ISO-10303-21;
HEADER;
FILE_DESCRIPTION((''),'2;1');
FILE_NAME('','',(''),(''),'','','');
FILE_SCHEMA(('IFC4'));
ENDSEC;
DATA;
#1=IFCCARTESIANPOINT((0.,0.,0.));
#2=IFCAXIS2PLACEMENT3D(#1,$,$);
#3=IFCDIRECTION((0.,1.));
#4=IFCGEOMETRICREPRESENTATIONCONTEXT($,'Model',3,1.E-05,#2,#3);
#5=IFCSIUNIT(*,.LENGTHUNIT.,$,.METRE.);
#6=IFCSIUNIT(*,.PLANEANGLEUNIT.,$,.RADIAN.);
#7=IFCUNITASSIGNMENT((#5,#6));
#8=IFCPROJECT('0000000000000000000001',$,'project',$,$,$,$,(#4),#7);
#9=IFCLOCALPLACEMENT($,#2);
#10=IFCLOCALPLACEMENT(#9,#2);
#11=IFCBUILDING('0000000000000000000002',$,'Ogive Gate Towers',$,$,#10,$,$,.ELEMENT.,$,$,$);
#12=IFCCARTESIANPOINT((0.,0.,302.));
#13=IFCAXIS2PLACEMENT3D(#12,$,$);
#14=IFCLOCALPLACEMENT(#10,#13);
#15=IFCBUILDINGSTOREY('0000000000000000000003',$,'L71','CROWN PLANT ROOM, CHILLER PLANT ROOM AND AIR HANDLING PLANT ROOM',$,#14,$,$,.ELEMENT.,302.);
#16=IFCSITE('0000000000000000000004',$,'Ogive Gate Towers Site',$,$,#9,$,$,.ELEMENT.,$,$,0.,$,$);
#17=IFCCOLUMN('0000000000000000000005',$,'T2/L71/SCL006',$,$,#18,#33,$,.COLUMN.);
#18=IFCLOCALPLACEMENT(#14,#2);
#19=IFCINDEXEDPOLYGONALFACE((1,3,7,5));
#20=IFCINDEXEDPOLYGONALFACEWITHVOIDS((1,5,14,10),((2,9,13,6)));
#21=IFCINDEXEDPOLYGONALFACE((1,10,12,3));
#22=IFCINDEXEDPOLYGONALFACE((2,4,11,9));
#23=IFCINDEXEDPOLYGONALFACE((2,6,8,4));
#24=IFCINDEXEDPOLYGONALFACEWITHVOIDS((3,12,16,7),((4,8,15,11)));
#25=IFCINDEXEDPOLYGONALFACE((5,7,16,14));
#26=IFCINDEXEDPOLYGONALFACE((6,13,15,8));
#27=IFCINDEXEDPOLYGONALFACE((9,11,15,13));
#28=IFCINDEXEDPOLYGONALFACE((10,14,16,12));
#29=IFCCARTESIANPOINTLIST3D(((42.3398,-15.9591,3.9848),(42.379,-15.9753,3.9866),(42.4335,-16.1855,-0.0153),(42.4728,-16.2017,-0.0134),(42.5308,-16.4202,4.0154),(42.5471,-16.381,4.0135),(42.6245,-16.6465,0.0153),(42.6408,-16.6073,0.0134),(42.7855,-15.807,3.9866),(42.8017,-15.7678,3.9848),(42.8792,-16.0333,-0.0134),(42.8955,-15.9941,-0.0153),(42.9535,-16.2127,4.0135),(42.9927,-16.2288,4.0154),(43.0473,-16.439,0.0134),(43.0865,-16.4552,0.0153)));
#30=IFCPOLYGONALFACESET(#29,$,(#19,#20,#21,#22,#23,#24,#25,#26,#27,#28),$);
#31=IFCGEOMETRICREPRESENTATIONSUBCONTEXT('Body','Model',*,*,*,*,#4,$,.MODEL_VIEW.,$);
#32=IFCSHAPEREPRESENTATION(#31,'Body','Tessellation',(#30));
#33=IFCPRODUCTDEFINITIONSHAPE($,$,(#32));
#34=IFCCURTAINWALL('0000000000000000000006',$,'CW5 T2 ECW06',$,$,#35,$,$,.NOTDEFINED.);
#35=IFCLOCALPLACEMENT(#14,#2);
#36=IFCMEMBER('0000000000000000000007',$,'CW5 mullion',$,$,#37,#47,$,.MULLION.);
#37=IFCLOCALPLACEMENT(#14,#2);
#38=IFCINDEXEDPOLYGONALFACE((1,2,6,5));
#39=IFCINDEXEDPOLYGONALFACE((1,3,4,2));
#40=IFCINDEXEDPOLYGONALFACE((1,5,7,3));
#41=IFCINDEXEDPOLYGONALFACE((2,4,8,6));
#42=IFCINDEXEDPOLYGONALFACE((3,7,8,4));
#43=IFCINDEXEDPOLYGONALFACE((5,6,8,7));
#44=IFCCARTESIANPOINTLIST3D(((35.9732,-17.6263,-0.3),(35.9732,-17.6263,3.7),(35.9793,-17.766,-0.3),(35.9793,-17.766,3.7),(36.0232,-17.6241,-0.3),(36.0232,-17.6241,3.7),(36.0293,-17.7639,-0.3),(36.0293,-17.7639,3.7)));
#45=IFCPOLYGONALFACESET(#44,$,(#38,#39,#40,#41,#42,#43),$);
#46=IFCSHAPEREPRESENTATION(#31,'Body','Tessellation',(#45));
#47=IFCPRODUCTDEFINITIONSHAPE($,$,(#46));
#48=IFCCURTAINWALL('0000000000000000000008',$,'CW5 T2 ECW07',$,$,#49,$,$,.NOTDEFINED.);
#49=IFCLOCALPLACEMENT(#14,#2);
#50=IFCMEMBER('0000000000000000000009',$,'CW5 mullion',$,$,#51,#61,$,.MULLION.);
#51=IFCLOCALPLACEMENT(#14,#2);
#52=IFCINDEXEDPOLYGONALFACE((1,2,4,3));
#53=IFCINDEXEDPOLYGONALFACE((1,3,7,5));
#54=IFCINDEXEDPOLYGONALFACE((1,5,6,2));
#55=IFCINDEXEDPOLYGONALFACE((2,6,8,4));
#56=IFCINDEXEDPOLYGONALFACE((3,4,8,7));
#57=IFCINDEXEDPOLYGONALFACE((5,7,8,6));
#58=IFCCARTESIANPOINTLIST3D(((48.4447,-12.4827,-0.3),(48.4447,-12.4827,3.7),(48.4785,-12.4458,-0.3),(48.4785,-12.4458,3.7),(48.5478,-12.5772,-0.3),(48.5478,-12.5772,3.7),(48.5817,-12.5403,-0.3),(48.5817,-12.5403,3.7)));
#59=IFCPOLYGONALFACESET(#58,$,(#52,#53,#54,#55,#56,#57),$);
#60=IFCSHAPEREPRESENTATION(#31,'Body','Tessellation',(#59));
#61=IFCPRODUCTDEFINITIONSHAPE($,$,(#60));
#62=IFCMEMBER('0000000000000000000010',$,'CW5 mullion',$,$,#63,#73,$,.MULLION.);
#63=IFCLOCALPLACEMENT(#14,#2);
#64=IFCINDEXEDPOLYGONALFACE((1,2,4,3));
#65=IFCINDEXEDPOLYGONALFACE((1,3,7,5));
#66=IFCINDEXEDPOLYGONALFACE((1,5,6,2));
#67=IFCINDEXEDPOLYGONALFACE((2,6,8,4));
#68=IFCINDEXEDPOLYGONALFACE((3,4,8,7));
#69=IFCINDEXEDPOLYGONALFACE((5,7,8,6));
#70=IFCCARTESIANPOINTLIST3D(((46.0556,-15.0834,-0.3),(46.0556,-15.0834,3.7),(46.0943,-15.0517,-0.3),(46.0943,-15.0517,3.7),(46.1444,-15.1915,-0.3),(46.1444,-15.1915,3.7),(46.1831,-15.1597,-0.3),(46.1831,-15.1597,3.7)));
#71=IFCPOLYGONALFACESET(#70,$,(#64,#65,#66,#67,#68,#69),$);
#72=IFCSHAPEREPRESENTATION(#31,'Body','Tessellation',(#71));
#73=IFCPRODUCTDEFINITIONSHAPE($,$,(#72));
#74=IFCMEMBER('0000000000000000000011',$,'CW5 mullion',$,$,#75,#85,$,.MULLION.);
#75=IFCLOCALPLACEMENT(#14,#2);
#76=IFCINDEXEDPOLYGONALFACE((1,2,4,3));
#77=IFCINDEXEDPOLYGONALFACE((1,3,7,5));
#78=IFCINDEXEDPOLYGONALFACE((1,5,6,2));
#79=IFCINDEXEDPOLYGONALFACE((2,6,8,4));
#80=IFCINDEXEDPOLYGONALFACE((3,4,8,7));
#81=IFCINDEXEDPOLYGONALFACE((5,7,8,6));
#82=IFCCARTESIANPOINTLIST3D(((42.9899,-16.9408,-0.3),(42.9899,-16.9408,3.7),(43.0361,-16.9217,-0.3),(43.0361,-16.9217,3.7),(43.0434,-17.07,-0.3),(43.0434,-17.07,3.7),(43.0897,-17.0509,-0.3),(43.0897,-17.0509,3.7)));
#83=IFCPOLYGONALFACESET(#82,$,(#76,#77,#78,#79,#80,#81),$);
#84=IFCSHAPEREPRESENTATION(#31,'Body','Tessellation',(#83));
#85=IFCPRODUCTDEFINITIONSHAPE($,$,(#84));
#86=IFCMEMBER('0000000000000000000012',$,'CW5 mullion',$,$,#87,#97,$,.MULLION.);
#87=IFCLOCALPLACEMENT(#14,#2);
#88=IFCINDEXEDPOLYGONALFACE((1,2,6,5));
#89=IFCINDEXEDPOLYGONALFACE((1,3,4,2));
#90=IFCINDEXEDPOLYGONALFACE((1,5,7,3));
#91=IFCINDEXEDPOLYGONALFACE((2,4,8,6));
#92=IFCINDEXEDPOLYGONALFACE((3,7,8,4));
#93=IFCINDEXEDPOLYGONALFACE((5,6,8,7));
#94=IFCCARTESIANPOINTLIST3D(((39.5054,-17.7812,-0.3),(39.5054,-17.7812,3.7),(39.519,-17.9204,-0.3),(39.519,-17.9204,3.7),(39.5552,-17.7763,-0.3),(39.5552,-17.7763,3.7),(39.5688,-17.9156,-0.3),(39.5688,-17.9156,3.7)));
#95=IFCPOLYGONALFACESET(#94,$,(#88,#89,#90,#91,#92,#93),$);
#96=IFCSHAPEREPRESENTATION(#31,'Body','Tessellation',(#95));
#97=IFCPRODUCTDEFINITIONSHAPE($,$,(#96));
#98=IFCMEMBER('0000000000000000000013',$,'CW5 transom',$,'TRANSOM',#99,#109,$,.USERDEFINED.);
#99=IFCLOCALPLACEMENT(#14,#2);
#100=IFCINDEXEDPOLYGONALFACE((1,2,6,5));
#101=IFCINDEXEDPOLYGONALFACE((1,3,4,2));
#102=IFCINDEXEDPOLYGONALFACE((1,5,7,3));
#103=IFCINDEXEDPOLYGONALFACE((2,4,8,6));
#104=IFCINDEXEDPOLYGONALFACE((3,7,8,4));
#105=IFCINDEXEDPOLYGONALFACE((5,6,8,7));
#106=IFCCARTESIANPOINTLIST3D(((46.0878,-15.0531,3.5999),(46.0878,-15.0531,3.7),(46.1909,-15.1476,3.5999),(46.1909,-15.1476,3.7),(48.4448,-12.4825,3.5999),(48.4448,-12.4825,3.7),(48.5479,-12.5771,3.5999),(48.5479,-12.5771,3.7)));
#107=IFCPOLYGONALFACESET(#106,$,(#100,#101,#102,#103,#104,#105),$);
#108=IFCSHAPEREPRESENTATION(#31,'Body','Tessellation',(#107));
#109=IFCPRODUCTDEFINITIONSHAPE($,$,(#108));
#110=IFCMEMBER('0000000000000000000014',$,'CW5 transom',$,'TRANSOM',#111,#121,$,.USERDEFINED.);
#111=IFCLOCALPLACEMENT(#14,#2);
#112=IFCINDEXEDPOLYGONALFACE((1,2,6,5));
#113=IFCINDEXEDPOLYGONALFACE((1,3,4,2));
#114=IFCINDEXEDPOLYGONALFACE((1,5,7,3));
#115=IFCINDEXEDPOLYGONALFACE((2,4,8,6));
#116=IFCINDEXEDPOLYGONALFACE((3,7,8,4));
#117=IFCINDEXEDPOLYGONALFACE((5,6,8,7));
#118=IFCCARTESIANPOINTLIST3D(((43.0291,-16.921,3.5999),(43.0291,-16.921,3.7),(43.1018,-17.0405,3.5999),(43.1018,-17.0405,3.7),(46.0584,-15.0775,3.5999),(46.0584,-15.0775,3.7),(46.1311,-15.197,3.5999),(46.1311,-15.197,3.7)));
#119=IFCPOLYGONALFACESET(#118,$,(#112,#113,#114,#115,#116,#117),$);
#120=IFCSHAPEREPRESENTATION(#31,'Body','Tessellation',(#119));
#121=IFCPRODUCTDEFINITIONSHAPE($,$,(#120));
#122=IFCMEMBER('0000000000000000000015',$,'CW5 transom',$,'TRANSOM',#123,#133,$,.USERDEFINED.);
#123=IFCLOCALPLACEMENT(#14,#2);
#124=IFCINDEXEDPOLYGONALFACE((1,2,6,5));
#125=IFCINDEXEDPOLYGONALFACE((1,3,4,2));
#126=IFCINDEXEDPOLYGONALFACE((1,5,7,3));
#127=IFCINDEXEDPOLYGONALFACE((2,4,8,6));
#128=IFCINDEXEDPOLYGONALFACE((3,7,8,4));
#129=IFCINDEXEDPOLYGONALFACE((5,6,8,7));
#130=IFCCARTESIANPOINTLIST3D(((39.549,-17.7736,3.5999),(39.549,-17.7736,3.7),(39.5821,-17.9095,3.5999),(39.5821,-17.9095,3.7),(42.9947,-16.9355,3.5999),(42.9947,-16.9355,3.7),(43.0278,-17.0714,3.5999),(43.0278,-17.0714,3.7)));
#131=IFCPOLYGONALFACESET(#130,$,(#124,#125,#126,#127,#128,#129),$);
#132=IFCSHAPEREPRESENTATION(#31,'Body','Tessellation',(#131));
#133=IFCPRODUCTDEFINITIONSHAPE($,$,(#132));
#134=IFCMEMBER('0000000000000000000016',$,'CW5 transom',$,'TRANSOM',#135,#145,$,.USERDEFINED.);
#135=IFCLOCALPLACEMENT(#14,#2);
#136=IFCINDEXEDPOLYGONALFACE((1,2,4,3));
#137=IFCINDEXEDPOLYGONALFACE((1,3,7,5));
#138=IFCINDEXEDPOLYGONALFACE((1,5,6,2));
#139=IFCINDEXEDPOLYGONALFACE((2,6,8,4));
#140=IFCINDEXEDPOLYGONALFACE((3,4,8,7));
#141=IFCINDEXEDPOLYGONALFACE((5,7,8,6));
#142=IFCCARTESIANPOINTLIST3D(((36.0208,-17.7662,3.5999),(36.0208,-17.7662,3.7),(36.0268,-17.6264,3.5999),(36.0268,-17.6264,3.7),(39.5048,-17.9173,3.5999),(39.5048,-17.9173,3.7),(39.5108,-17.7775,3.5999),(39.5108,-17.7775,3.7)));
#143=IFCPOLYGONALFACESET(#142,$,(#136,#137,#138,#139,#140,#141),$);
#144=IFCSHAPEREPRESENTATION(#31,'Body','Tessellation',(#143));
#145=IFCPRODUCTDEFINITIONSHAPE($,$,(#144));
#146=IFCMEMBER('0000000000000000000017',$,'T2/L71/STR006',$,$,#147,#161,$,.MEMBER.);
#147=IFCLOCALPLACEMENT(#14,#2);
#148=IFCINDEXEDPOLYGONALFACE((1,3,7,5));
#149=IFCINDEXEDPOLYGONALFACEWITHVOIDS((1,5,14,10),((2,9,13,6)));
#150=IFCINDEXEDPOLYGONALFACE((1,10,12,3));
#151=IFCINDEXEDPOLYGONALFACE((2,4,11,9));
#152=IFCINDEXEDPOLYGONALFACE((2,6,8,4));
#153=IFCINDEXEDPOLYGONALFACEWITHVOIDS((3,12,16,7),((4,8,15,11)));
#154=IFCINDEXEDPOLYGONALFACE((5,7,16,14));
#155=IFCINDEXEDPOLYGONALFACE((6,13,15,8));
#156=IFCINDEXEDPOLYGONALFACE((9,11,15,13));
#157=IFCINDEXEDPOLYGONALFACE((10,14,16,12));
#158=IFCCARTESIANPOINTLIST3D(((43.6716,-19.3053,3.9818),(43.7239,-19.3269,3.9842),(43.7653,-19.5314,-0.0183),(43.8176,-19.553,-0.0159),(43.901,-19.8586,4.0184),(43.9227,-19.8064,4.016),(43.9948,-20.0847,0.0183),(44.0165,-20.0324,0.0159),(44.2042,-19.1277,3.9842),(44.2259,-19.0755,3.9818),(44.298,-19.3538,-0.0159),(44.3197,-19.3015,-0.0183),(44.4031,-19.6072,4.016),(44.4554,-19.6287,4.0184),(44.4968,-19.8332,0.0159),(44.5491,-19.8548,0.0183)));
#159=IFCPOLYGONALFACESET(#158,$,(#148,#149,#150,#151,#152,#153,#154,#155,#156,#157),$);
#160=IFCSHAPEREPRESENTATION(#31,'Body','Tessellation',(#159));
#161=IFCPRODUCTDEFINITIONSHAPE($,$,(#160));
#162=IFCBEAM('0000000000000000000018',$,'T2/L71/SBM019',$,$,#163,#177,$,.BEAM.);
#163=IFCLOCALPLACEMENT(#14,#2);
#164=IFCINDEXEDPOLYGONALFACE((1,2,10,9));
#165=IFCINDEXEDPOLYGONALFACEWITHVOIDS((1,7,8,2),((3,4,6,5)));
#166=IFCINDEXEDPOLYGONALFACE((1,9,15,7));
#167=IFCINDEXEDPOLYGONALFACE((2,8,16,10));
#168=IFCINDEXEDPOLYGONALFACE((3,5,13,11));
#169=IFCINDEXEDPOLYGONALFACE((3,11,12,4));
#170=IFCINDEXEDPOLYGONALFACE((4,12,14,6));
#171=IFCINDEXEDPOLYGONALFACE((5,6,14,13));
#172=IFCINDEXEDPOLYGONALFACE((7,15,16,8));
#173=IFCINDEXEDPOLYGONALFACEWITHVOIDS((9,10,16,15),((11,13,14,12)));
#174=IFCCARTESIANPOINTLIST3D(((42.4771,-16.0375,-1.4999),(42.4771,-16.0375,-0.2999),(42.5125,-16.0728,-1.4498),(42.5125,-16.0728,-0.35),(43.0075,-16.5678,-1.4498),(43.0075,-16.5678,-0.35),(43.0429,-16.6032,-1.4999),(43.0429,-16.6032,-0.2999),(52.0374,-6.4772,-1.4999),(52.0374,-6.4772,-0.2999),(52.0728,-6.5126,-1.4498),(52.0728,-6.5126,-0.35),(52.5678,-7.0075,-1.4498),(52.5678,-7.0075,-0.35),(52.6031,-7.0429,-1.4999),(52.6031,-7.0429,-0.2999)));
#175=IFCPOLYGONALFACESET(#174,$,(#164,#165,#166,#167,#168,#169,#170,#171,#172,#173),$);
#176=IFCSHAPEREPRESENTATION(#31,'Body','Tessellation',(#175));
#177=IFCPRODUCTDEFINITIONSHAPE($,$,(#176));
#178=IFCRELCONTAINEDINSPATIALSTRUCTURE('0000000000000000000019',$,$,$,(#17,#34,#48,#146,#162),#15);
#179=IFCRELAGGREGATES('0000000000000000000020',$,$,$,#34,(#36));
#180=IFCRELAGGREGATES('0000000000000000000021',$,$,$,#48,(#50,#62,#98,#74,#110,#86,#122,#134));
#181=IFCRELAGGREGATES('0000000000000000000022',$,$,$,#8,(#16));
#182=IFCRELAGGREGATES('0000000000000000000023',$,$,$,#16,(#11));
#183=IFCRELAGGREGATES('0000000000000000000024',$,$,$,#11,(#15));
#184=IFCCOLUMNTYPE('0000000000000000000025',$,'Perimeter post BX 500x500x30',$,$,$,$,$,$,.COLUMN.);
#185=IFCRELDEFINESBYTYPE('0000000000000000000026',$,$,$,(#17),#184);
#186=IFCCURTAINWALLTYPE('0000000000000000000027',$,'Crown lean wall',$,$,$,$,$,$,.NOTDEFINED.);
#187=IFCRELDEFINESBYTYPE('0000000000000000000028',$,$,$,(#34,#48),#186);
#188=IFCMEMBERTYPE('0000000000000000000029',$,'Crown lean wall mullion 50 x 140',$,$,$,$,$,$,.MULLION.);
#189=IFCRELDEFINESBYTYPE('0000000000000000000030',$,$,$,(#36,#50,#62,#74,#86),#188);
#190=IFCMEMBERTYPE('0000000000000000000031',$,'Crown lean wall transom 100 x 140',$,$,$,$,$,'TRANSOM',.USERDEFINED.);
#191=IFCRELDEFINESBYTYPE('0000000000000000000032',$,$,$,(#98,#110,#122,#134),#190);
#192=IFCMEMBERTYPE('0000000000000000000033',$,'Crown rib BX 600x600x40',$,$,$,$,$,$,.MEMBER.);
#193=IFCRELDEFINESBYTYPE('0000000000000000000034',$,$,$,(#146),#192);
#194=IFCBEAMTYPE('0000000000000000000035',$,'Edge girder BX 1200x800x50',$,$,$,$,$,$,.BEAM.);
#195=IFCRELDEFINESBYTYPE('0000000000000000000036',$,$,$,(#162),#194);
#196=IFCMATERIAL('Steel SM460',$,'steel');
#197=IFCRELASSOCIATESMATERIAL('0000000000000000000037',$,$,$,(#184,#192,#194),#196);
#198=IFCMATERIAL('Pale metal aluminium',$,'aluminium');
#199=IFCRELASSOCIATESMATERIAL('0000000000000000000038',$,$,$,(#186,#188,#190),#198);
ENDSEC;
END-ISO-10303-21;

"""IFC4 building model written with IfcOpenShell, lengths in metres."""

from ifc_helpers import new_model, si_unit, direction, frame, origin, origin_2d, place, context, subcontext, project, spatial, rectangle, hollow_rectangle, extrude, material, material_profile, profile_set, type_object, element, aggregate, save


model = new_model("IFC4")

# Units and contexts
model_context = context("Model", 3, precision=1e-05, world=origin(), true_north=direction((0.0, 1.0)))
body_context = subcontext(model_context, "Body", "Model", "MODEL_VIEW")
ifc_project = project(units=[si_unit("LENGTHUNIT", "METRE"), si_unit("PLANEANGLEUNIT", "RADIAN")], contexts=[model_context])

# Site, building, storey
site_placement = place(None, origin())
site = spatial("IfcSite", under=ifc_project, at=site_placement, Name="Ogive Gate Towers Site", CompositionType="ELEMENT", RefElevation=0.0)
building_placement = place(site_placement, origin())
building = spatial("IfcBuilding", under=site, at=building_placement, Name="Ogive Gate Towers", CompositionType="ELEMENT")
storey_placement = place(building_placement, frame((0.0, 0.0, 302.0)))
storey = spatial("IfcBuildingStorey", under=building, at=storey_placement, Name="L71", Description="CROWN PLANT ROOM, CHILLER PLANT ROOM AND AIR HANDLING PLANT ROOM", CompositionType="ELEMENT", Elevation=302.0)

# Column
ifc_material_1 = material(Name="Steel SM460", Category="steel")
ifc_material_profile_1 = material_profile(ifc_material_1, hollow_rectangle(XDim=0.5, YDim=0.5, WallThickness=0.03, at=origin_2d()), Name="BX 500x500x30")
ifc_profile_set_1 = profile_set([ifc_material_profile_1], Name="Steel SM460")
column_type = type_object("IfcColumnType", Name="Perimeter post BX 500x500x30", PredefinedType="COLUMN", material=ifc_profile_set_1)
column_placement = place(storey_placement, frame((42.76, -16.3203, 0.0), z_axis=(-0.023394, 0.056474, 0.99813), x_axis=(-0.923871, -0.382704, 0.0)))
element("IfcColumn", 1, at=column_placement, inside=storey, type_object=column_type, Name="T2/L71/SCL006", PredefinedType="COLUMN", context=body_context, shape_type="SweptSolid", body=[
    extrude(hollow_rectangle(XDim=0.5, YDim=0.5, WallThickness=0.03, at=origin_2d()), origin(), (0.0, 0.0, 1.0), 4.0076),
])

# Curtain wall, member
ifc_material_2 = material(Name="Pale metal aluminium", Category="aluminium")
curtain_wall_type = type_object("IfcCurtainWallType", Name="Crown lean wall", PredefinedType="NOTDEFINED", material=ifc_material_2)
curtain_wall_1_placement = place(storey_placement, origin())
curtain_wall_1 = element("IfcCurtainWall", 2, at=curtain_wall_1_placement, inside=storey, type_object=curtain_wall_type, Name="CW5 T2 ECW06", PredefinedType="NOTDEFINED")
ifc_material_profile_2 = material_profile(ifc_material_2, rectangle(XDim=0.1399, YDim=0.05, at=origin_2d()), Name="50 x 140 aluminium box")
ifc_profile_set_2 = profile_set([ifc_material_profile_2], Name="Pale metal aluminium")
member_type_1 = type_object("IfcMemberType", Name="Crown lean wall mullion 50 x 140", PredefinedType="MULLION", material=ifc_profile_set_2)
member_1_placement = place(storey_placement, frame((36.0012, -17.6951, -0.3), z_axis=(0.0, 0.0, 1.0), x_axis=(-0.04334, 0.99906, 0.0)))
member_1 = element("IfcMember", 3, at=member_1_placement, type_object=member_type_1, Name="CW5 mullion", PredefinedType="MULLION", context=body_context, shape_type="SweptSolid", body=[
    extrude(rectangle(XDim=0.1399, YDim=0.05, at=origin_2d()), origin(), (0.0, 0.0, 1.0), 4.0),
])
aggregate(curtain_wall_1, [member_1])

# Curtain wall, members
curtain_wall_2_placement = place(storey_placement, origin())
curtain_wall_2 = element("IfcCurtainWall", 4, at=curtain_wall_2_placement, inside=storey, type_object=curtain_wall_type, Name="CW5 T2 ECW07", PredefinedType="NOTDEFINED")
member_2_placement = place(storey_placement, frame((48.5132, -12.5115, -0.3), z_axis=(0.0, 0.0, 1.0), x_axis=(-0.737089, 0.675796, 0.0)))
member_2 = element("IfcMember", 5, at=member_2_placement, type_object=member_type_1, Name="CW5 mullion", PredefinedType="MULLION", context=body_context, shape_type="SweptSolid", body=[
    extrude(rectangle(XDim=0.1399, YDim=0.05, at=origin_2d()), origin(), (0.0, 0.0, 1.0), 4.0),
])
member_3_placement = place(storey_placement, frame((46.1194, -15.1216, -0.3), z_axis=(0.0, 0.0, 1.0), x_axis=(-0.634784, 0.772689, 0.0)))
member_3 = element("IfcMember", 6, at=member_3_placement, type_object=member_type_1, Name="CW5 mullion", PredefinedType="MULLION", context=body_context, shape_type="SweptSolid", body=[
    extrude(rectangle(XDim=0.1399, YDim=0.05, at=origin_2d()), origin(), (0.0, 0.0, 1.0), 4.0),
])
member_4_placement = place(storey_placement, frame((43.0398, -16.9958, -0.3), z_axis=(0.0, 0.0, 1.0), x_axis=(-0.382683, 0.92388, 0.0)))
member_4 = element("IfcMember", 7, at=member_4_placement, type_object=member_type_1, Name="CW5 mullion", PredefinedType="MULLION", context=body_context, shape_type="SweptSolid", body=[
    extrude(rectangle(XDim=0.1399, YDim=0.05, at=origin_2d()), origin(), (0.0, 0.0, 1.0), 4.0),
])
member_5_placement = place(storey_placement, frame((39.5371, -17.8484, -0.3), z_axis=(0.0, 0.0, 1.0), x_axis=(-0.097513, 0.995234, 0.0)))
member_5 = element("IfcMember", 8, at=member_5_placement, type_object=member_type_1, Name="CW5 mullion", PredefinedType="MULLION", context=body_context, shape_type="SweptSolid", body=[
    extrude(rectangle(XDim=0.1399, YDim=0.05, at=origin_2d()), origin(), (0.0, 0.0, 1.0), 4.0),
])
ifc_material_profile_3 = material_profile(ifc_material_2, rectangle(XDim=0.1399, YDim=0.1001, at=origin_2d()), Name="100 x 140 aluminium box")
ifc_profile_set_3 = profile_set([ifc_material_profile_3], Name="Pale metal aluminium")
member_type_2 = type_object("IfcMemberType", Name="Crown lean wall transom 100 x 140", ElementType="TRANSOM", PredefinedType="USERDEFINED", material=ifc_profile_set_3)
member_6_placement = place(storey_placement, frame((48.4963, -12.5298, 3.6499), z_axis=(-0.675817, -0.73707, 0.0), x_axis=(0.73707, -0.675817, 0.0)))
member_6 = element("IfcMember", 9, at=member_6_placement, type_object=member_type_2, Name="CW5 transom", ObjectType="TRANSOM", PredefinedType="USERDEFINED", context=body_context, shape_type="SweptSolid", body=[
    extrude(rectangle(XDim=0.1399, YDim=0.1001, at=origin_2d()), origin(), (0.0, 0.0, 1.0), 3.4875),
])
member_7_placement = place(storey_placement, frame((46.0947, -15.1372, 3.6499), z_axis=(-0.85425, -0.519862, 0.0), x_axis=(0.519862, -0.85425, 0.0)))
member_7 = element("IfcMember", 10, at=member_7_placement, type_object=member_type_2, Name="CW5 transom", ObjectType="TRANSOM", PredefinedType="USERDEFINED", context=body_context, shape_type="SweptSolid", body=[
    extrude(rectangle(XDim=0.1399, YDim=0.1001, at=origin_2d()), origin(), (0.0, 0.0, 1.0), 3.5461),
])
member_8_placement = place(storey_placement, frame((43.0112, -17.0034, 3.6499), z_axis=(-0.971666, -0.236359, 0.0), x_axis=(0.236359, -0.971666, 0.0)))
member_8 = element("IfcMember", 11, at=member_8_placement, type_object=member_type_2, Name="CW5 transom", ObjectType="TRANSOM", PredefinedType="USERDEFINED", context=body_context, shape_type="SweptSolid", body=[
    extrude(rectangle(XDim=0.1399, YDim=0.1001, at=origin_2d()), origin(), (0.0, 0.0, 1.0), 3.5461),
])
member_9_placement = place(storey_placement, frame((39.5078, -17.8474, 3.6499), z_axis=(-0.999061, 0.043334, 0.0), x_axis=(-0.043334, -0.999061, 0.0)))
member_9 = element("IfcMember", 12, at=member_9_placement, type_object=member_type_2, Name="CW5 transom", ObjectType="TRANSOM", PredefinedType="USERDEFINED", context=body_context, shape_type="SweptSolid", body=[
    extrude(rectangle(XDim=0.1399, YDim=0.1001, at=origin_2d()), origin(), (0.0, 0.0, 1.0), 3.4873),
])

# Member
ifc_material_profile_4 = material_profile(ifc_material_1, hollow_rectangle(XDim=0.6001, YDim=0.6001, WallThickness=0.04, at=origin_2d()), Name="BX 600x600x40")
ifc_profile_set_4 = profile_set([ifc_material_profile_4], Name="Steel SM460")
member_type_3 = type_object("IfcMemberType", Name="Crown rib BX 600x600x40", PredefinedType="MEMBER", material=ifc_profile_set_4)
member_10_placement = place(storey_placement, frame((44.1572, -19.6931, 0.0), z_axis=(-0.023394, 0.056413, 0.998133), x_axis=(-0.923725, -0.383057, 0.0)))
element("IfcMember", 13, at=member_10_placement, inside=storey, type_object=member_type_3, Name="T2/L71/STR006", PredefinedType="MEMBER", context=body_context, shape_type="SweptSolid", body=[
    extrude(hollow_rectangle(XDim=0.6001, YDim=0.6001, WallThickness=0.04, at=origin_2d()), origin(), (0.0, 0.0, 1.0), 4.0076),
])

# Beam
ifc_material_profile_5 = material_profile(ifc_material_1, hollow_rectangle(XDim=0.8, YDim=1.2, WallThickness=0.05, at=origin_2d()), Name="BX 1200x800x50")
ifc_profile_set_5 = profile_set([ifc_material_profile_5], Name="Steel SM460")
beam_type_1 = type_object("IfcBeamType", Name="Edge girder BX 1200x800x50", PredefinedType="BEAM", material=ifc_profile_set_5)
beam_1_placement = place(storey_placement, frame((42.76, -16.3203, -0.8999), z_axis=(0.707107, 0.707107, 0.0), x_axis=(-0.707107, 0.707107, 0.0)))
element("IfcBeam", 14, at=beam_1_placement, inside=storey, type_object=beam_type_1, Name="T2/L71/SBM019", PredefinedType="BEAM", context=body_context, shape_type="SweptSolid", body=[
    extrude(hollow_rectangle(XDim=0.8, YDim=1.2, WallThickness=0.05, at=origin_2d()), origin(), (0.0, 0.0, 1.0), 13.5203),
])

aggregate(curtain_wall_2, [member_2, member_3, member_6, member_4, member_7, member_5, member_8, member_9])

save(model, "model.ifc")
